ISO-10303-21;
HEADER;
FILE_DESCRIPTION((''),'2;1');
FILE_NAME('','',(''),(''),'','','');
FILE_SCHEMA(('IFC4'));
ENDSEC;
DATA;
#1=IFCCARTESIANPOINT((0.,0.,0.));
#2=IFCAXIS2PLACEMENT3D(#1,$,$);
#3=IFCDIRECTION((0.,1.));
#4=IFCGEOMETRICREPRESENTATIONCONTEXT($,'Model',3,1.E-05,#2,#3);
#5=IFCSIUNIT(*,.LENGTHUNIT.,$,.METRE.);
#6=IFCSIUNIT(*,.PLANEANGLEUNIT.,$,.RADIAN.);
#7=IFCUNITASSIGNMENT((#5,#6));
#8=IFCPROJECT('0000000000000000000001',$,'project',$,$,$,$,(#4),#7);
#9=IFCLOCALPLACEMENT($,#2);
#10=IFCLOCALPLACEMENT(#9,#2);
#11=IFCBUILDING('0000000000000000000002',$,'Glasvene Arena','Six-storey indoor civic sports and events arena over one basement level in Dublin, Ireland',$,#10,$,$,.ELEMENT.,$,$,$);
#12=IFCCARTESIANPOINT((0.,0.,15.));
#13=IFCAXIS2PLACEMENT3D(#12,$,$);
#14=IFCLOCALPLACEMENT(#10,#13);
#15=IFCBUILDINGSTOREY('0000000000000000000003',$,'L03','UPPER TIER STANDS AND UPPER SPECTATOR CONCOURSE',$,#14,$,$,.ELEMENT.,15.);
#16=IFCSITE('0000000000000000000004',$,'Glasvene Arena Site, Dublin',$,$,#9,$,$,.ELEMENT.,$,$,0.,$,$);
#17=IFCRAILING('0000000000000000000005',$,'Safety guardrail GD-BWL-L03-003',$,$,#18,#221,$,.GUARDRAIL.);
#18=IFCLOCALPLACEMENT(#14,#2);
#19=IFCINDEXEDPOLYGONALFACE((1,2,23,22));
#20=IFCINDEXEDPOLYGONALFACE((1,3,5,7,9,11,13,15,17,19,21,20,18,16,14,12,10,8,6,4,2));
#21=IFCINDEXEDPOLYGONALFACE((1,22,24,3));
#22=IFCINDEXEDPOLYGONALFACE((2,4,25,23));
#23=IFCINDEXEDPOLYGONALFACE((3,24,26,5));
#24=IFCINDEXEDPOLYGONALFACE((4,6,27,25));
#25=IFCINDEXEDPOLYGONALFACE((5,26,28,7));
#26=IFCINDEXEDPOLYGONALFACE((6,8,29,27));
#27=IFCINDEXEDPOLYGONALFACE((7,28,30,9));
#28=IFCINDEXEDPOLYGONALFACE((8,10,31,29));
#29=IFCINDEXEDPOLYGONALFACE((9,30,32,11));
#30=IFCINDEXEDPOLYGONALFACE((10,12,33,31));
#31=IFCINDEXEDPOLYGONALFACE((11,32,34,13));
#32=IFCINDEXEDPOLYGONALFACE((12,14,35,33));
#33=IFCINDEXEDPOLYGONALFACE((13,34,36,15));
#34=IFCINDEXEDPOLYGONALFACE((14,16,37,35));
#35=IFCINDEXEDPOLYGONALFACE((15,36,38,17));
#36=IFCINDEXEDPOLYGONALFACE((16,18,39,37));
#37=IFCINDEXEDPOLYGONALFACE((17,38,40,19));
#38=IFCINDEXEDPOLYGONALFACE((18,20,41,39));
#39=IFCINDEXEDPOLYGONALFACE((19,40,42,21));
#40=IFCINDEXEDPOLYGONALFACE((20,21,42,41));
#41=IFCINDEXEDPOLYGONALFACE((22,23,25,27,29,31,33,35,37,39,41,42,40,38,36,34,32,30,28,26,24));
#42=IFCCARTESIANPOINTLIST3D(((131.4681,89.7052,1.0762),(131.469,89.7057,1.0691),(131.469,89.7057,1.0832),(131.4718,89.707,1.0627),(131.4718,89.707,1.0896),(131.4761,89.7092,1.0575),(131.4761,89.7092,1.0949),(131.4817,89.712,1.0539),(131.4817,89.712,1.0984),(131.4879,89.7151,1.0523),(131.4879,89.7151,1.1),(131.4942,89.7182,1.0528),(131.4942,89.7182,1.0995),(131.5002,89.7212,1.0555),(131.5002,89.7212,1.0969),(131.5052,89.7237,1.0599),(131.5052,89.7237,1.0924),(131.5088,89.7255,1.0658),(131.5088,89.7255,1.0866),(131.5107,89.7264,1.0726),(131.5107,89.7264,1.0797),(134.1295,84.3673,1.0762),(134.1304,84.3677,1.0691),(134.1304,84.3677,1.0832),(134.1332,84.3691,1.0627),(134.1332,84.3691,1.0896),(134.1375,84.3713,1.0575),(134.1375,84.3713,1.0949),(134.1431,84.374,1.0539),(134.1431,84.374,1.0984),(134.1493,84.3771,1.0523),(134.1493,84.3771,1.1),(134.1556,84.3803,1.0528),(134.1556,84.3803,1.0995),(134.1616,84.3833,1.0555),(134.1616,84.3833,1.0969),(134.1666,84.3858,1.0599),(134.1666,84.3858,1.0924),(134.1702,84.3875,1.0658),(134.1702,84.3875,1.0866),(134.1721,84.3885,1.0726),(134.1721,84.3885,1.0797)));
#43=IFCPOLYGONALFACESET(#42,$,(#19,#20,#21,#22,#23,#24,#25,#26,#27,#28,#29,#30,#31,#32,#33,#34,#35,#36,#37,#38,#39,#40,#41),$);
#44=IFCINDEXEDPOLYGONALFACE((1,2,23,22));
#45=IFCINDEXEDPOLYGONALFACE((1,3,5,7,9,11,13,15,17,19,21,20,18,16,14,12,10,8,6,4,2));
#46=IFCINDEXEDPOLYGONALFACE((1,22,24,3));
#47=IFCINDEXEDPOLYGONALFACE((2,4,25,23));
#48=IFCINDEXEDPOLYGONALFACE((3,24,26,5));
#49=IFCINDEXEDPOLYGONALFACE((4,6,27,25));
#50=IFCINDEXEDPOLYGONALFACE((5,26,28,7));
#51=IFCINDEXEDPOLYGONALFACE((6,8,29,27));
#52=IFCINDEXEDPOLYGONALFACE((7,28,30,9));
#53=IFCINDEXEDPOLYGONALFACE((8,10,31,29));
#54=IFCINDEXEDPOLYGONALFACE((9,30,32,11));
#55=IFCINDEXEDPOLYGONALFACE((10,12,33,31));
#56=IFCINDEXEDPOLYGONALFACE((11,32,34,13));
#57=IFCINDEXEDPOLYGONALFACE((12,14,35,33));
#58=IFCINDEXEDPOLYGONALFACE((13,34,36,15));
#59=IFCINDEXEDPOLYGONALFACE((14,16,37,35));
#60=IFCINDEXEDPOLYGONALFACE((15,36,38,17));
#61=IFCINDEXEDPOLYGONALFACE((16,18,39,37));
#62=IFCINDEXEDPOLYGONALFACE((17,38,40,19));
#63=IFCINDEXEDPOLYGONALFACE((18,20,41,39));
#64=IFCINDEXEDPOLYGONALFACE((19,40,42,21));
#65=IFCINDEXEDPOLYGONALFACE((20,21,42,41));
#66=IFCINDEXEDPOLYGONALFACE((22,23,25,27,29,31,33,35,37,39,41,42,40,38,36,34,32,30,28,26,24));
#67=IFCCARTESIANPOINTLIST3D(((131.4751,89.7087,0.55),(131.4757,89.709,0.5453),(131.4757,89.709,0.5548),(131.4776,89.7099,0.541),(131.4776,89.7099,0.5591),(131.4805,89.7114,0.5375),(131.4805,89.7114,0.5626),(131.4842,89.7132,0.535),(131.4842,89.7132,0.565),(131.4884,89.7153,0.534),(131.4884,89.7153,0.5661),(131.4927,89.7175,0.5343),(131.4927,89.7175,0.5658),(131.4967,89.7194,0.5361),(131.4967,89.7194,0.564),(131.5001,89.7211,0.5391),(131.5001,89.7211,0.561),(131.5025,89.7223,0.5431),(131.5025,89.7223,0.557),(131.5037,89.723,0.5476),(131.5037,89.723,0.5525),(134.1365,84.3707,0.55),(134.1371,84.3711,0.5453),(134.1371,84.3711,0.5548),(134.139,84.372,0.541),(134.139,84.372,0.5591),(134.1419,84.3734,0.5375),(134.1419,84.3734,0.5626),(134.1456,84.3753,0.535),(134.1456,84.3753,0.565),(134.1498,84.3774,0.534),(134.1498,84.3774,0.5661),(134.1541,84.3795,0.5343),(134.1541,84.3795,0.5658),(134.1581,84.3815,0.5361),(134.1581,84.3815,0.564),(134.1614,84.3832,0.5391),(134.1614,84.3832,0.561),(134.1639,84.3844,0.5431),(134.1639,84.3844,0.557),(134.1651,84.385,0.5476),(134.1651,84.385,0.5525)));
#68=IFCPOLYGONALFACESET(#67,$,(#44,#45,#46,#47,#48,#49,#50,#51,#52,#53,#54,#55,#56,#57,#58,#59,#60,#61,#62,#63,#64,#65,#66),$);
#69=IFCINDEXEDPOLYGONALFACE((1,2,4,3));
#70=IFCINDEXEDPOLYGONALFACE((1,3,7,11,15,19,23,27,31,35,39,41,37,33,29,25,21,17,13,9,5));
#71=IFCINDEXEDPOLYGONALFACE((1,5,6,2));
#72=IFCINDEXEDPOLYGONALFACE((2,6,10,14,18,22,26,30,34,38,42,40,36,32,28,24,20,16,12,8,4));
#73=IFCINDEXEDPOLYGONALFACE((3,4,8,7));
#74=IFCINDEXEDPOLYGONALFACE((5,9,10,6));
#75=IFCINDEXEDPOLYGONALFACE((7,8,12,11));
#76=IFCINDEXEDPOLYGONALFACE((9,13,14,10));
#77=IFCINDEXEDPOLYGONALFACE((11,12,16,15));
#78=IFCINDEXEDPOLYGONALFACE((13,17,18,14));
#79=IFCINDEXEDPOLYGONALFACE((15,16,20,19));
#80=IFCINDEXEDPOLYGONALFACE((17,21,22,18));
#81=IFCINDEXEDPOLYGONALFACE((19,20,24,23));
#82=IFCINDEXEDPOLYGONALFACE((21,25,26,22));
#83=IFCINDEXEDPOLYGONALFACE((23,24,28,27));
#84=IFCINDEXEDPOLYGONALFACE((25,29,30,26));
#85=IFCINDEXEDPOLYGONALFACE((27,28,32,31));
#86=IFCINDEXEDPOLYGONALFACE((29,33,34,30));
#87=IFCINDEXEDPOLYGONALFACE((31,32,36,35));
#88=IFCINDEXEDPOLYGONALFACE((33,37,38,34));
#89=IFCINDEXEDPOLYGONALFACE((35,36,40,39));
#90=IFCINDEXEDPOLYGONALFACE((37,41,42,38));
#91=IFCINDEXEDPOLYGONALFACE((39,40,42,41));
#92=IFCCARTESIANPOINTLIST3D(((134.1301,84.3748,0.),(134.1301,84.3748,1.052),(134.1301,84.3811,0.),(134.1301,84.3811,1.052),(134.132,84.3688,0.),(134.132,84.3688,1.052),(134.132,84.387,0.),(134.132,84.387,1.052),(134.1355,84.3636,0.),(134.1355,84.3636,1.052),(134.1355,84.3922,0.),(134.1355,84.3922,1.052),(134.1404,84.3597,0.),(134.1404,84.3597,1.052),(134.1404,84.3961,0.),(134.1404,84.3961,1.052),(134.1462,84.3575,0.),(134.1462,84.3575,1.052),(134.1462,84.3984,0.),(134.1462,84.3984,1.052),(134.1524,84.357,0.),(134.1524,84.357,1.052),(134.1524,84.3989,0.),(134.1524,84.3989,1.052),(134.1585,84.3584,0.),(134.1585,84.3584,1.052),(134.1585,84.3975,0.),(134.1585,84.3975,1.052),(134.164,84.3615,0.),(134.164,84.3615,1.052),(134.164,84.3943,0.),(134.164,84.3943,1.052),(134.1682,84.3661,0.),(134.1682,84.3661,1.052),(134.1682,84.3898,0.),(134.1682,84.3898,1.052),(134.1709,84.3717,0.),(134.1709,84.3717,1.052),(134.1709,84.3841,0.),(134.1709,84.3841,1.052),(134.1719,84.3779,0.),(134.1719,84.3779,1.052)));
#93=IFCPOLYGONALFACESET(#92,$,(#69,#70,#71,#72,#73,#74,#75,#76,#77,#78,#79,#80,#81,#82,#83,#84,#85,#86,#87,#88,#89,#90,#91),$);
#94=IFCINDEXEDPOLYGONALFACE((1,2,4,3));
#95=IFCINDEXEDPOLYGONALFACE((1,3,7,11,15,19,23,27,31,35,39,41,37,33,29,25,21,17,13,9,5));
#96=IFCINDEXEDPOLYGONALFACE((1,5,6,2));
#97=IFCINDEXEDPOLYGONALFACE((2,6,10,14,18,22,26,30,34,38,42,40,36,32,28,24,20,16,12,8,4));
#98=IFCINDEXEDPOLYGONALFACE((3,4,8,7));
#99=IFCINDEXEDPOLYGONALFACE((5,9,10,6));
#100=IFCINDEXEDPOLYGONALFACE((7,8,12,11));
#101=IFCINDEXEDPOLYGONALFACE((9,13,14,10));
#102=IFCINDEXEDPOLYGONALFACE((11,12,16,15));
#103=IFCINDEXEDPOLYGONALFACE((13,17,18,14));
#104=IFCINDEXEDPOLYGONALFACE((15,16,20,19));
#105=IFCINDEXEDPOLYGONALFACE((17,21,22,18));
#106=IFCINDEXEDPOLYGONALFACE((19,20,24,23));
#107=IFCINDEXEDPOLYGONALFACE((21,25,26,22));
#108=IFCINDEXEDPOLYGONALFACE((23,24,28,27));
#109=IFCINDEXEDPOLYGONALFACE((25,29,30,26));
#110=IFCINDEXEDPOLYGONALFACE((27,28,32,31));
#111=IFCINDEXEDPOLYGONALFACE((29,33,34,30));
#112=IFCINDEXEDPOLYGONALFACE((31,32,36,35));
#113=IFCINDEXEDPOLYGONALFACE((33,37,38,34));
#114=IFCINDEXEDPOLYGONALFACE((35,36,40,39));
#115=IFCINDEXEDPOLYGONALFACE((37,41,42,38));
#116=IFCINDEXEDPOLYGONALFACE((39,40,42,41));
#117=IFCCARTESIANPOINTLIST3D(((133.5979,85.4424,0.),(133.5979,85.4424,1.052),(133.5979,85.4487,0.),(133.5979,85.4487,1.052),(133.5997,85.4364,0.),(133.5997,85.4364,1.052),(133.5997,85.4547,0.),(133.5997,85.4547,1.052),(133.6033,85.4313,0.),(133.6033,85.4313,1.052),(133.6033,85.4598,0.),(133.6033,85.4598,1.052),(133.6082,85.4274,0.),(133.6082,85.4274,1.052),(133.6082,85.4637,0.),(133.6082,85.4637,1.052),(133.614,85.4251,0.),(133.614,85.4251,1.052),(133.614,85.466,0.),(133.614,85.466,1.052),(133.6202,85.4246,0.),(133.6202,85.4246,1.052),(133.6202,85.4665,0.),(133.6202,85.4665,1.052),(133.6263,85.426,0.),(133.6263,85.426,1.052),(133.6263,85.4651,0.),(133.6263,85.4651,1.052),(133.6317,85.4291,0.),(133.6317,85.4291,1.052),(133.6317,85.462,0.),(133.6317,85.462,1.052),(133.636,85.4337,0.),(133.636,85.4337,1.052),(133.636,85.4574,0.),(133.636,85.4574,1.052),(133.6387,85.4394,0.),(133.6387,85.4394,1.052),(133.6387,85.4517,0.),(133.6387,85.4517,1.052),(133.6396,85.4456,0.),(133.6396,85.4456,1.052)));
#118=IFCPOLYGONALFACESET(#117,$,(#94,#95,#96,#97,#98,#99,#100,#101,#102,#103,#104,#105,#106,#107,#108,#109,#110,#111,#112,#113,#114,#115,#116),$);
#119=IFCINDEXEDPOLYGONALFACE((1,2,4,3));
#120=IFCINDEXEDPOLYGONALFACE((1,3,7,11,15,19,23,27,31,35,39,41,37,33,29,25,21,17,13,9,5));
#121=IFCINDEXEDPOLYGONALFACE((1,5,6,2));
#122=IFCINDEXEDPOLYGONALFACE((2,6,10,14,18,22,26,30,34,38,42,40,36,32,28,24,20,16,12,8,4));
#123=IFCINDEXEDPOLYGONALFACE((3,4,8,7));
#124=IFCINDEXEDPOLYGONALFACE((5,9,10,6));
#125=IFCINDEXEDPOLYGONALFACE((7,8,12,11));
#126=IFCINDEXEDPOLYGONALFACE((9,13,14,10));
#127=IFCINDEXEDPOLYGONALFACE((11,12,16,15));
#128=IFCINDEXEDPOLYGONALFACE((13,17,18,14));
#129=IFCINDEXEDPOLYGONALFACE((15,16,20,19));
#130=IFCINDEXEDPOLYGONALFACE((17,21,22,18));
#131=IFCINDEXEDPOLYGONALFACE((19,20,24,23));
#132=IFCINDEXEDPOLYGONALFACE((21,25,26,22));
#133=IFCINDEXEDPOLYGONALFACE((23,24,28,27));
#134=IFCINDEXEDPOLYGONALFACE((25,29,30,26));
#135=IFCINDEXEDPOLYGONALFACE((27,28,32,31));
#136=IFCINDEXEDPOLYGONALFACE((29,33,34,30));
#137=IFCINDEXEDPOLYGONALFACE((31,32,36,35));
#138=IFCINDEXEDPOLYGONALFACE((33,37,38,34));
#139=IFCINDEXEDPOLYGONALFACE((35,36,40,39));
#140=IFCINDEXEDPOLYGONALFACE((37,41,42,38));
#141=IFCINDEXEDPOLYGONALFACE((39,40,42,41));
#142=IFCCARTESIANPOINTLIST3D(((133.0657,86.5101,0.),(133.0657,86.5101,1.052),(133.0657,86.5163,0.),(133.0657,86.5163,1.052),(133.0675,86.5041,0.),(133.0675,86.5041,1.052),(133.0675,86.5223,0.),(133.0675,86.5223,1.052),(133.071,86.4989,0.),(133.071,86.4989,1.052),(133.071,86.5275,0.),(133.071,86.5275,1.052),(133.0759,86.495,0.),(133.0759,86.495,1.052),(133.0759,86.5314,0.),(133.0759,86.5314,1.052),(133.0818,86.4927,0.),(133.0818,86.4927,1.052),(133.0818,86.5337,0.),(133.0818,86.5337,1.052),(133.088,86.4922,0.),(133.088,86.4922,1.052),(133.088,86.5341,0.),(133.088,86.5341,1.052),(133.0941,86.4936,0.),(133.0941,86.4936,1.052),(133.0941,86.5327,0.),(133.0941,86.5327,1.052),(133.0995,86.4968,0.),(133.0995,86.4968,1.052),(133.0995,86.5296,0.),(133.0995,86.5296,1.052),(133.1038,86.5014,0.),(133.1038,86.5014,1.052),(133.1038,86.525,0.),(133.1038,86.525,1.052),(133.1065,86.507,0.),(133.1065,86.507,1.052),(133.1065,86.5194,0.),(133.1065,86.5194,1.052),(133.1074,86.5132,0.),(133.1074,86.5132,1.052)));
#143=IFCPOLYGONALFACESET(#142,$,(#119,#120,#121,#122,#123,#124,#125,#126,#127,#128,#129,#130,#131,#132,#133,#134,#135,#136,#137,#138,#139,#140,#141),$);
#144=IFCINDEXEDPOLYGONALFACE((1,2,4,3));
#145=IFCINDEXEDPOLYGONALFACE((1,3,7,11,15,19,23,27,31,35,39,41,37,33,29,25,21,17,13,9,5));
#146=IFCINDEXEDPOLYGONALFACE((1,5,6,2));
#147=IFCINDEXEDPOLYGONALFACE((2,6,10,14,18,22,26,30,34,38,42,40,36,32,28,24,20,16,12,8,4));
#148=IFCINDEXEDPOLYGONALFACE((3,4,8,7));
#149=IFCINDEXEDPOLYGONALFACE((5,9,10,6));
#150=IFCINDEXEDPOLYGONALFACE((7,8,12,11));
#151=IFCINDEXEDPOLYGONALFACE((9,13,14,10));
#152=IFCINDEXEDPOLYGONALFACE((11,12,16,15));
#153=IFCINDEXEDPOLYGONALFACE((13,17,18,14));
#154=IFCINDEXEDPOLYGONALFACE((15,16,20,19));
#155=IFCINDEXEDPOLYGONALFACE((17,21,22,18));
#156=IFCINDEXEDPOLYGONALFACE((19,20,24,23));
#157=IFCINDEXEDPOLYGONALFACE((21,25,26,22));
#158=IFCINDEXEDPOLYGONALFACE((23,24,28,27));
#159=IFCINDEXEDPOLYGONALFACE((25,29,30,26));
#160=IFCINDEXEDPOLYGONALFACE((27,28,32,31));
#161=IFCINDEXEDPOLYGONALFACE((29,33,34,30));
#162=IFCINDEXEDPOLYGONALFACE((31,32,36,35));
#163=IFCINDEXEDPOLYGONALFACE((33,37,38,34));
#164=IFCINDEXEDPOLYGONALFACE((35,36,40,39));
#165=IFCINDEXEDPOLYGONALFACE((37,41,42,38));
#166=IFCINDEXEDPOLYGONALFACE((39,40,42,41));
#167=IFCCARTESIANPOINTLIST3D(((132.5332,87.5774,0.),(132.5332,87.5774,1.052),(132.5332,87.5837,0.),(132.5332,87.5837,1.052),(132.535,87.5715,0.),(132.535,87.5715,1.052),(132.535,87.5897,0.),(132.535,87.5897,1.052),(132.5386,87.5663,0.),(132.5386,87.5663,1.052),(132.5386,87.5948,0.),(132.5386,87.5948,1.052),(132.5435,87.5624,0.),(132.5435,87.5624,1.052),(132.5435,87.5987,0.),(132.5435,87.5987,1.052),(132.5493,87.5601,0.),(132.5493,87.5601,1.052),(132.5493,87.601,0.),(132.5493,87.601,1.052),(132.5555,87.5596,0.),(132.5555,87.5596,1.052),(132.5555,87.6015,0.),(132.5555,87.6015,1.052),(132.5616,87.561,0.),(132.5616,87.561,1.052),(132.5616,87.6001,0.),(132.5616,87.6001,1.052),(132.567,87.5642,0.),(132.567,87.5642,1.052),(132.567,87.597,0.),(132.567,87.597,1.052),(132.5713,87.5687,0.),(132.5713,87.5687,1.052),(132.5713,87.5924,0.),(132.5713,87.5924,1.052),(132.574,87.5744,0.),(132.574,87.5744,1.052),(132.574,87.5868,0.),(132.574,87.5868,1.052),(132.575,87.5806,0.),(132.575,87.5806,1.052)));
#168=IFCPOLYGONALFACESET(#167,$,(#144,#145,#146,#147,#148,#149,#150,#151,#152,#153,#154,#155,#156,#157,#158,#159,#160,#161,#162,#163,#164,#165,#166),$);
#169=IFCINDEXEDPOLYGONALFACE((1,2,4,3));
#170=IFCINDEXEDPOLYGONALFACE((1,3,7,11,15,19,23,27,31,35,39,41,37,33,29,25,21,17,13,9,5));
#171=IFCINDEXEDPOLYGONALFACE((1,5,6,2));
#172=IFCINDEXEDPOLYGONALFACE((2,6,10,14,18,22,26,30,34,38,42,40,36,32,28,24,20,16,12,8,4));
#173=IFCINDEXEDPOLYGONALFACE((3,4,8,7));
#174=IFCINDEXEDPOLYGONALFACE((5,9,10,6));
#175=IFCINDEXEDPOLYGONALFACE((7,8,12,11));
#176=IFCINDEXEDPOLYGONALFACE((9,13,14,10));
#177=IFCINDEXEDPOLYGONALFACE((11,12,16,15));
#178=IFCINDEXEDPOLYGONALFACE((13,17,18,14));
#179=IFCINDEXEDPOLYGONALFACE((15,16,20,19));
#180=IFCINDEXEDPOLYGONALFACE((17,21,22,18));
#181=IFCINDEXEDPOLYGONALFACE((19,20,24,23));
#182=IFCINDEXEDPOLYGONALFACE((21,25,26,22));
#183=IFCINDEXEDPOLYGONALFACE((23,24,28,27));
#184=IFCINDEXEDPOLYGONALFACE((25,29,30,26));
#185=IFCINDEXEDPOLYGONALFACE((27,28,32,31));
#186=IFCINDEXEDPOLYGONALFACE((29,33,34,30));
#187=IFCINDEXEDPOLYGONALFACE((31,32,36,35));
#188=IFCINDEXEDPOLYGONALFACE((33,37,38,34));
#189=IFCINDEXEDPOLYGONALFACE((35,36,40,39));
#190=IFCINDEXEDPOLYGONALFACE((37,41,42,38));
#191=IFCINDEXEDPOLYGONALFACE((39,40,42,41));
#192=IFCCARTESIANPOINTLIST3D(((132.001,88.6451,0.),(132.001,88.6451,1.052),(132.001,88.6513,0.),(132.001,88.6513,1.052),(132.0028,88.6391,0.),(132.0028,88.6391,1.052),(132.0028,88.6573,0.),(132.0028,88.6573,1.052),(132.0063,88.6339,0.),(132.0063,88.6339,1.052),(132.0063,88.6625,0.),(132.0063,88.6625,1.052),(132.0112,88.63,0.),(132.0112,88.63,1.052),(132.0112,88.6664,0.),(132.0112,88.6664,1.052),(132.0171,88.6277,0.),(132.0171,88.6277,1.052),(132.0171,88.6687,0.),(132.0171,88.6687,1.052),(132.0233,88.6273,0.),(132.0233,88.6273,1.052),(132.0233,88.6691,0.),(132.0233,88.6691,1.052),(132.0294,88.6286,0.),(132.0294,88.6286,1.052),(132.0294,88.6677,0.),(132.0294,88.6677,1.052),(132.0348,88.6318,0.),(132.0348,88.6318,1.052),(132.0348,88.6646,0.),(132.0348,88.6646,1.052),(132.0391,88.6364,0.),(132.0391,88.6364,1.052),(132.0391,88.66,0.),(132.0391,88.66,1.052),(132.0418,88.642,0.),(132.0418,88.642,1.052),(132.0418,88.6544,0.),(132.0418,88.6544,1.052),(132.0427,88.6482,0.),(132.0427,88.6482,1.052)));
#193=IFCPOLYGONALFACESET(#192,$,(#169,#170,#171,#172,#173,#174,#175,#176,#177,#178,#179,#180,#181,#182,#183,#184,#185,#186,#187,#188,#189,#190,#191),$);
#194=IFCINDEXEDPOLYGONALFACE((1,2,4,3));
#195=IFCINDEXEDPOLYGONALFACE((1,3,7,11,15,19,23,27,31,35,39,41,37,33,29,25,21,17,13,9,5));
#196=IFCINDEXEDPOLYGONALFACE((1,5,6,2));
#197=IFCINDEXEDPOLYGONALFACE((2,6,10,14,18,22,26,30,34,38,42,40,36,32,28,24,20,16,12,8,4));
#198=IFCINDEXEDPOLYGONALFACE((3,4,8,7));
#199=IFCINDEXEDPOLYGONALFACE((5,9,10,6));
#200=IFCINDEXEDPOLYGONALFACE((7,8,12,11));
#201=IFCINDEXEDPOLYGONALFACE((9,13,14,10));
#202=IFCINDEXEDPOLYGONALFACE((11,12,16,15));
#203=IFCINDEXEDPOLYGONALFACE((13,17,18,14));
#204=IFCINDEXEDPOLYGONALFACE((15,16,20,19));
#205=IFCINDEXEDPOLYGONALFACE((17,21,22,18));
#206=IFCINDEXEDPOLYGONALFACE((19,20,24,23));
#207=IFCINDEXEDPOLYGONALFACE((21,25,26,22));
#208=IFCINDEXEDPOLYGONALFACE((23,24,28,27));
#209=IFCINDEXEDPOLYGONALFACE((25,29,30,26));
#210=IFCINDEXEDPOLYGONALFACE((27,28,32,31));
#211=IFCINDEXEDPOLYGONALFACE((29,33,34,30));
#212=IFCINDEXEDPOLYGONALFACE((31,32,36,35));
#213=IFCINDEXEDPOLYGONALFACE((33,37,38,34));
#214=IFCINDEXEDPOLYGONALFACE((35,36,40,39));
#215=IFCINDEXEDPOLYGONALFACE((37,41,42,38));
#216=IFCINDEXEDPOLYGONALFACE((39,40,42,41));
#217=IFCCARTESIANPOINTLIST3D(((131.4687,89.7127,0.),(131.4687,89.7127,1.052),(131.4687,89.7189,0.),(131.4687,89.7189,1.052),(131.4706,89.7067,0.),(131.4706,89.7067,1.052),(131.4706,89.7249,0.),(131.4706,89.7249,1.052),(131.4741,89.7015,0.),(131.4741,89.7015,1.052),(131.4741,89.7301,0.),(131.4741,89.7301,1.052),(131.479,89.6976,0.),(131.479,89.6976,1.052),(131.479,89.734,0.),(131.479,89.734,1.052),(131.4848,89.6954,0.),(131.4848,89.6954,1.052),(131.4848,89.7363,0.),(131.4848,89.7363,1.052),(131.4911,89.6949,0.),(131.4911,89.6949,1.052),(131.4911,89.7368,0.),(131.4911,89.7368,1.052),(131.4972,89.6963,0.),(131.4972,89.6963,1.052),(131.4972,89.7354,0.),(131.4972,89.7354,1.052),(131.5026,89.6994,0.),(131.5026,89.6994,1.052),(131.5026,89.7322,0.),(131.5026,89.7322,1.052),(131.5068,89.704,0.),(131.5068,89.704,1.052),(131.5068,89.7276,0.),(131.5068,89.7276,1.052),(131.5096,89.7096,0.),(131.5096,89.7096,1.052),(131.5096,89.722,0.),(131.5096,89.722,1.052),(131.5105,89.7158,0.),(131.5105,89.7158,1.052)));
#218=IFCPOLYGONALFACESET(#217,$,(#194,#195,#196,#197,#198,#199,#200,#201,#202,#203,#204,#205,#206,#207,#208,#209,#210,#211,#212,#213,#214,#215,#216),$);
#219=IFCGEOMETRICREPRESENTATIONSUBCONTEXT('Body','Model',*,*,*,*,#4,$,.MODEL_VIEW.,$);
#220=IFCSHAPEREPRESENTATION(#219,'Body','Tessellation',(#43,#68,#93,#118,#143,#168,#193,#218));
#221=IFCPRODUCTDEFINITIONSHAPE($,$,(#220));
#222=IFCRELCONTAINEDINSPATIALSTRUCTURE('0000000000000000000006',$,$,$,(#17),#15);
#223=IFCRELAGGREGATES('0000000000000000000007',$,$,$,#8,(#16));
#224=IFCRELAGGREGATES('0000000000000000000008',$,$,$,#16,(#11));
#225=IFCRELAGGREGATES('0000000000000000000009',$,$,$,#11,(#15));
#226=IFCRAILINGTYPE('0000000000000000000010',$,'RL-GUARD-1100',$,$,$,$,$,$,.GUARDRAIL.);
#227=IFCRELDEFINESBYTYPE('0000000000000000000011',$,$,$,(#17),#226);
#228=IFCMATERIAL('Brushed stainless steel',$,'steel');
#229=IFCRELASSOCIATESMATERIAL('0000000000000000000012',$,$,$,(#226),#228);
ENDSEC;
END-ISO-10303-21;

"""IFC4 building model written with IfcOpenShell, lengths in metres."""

from ifc_helpers import new_model, si_unit, direction, frame, origin, origin_2d, place, context, subcontext, project, spatial, circle, extrude, material, type_object, element, save


model = new_model("IFC4")

# Units and contexts
model_context = context("Model", 3, precision=1e-05, world=origin(), true_north=direction((0.0, 1.0)))
body_context = subcontext(model_context, "Body", "Model", "MODEL_VIEW")
ifc_project = project(units=[si_unit("LENGTHUNIT", "METRE"), si_unit("PLANEANGLEUNIT", "RADIAN")], contexts=[model_context])

# Site, building, storey
site_placement = place(None, origin())
site = spatial("IfcSite", under=ifc_project, at=site_placement, Name="Glasvene Arena Site, Dublin", CompositionType="ELEMENT", RefElevation=0.0)
building_placement = place(site_placement, origin())
building = spatial("IfcBuilding", under=site, at=building_placement, Name="Glasvene Arena", Description="Six-storey indoor civic sports and events arena over one basement level in Dublin, Ireland", CompositionType="ELEMENT")
storey_placement = place(building_placement, frame((0.0, 0.0, 15.0)))
storey = spatial("IfcBuildingStorey", under=building, at=storey_placement, Name="L03", Description="UPPER TIER STANDS AND UPPER SPECTATOR CONCOURSE", CompositionType="ELEMENT", Elevation=15.0)

# Railing
ifc_material_1 = material(Name="Brushed stainless steel", Category="steel")
railing_type = type_object("IfcRailingType", Name="RL-GUARD-1100", PredefinedType="GUARDRAIL", material=ifc_material_1)
railing_1_placement = place(storey_placement, frame((134.1509, 84.3779, 0.0)))
element("IfcRailing", 1, at=railing_1_placement, inside=storey, type_object=railing_type, Name="Safety guardrail GD-BWL-L03-003", PredefinedType="GUARDRAIL", context=body_context, shape_type="SweptSolid", body=[
    extrude(circle(Radius=0.0239, at=origin_2d()), frame((0.0, 0.0, 1.0762), z_axis=(-0.446198, 0.894934, 0.0), x_axis=(-0.894934, -0.446198, 0.0)), (0.0, 0.0, 1.0), 5.9646),
    extrude(circle(Radius=0.0161, at=origin_2d()), frame((0.0, 0.0, 0.55), z_axis=(-0.446198, 0.894934, 0.0), x_axis=(-0.894934, -0.446198, 0.0)), (0.0, 0.0, 1.0), 5.9646),
    extrude(circle(Radius=0.021, at=origin_2d()), origin(), (0.0, 0.0, 1.0), 1.052),
    extrude(circle(Radius=0.021, at=origin_2d()), frame((-0.5322, 1.0676, 0.0)), (0.0, 0.0, 1.0), 1.052),
    extrude(circle(Radius=0.021, at=origin_2d()), frame((-1.0645, 2.1353, 0.0)), (0.0, 0.0, 1.0), 1.052),
    extrude(circle(Radius=0.021, at=origin_2d()), frame((-1.5969, 3.2026, 0.0)), (0.0, 0.0, 1.0), 1.052),
    extrude(circle(Radius=0.021, at=origin_2d()), frame((-2.1292, 4.2703, 0.0)), (0.0, 0.0, 1.0), 1.052),
    extrude(circle(Radius=0.021, at=origin_2d()), frame((-2.6614, 5.3379, 0.0)), (0.0, 0.0, 1.0), 1.052),
])

save(model, "model.ifc")
